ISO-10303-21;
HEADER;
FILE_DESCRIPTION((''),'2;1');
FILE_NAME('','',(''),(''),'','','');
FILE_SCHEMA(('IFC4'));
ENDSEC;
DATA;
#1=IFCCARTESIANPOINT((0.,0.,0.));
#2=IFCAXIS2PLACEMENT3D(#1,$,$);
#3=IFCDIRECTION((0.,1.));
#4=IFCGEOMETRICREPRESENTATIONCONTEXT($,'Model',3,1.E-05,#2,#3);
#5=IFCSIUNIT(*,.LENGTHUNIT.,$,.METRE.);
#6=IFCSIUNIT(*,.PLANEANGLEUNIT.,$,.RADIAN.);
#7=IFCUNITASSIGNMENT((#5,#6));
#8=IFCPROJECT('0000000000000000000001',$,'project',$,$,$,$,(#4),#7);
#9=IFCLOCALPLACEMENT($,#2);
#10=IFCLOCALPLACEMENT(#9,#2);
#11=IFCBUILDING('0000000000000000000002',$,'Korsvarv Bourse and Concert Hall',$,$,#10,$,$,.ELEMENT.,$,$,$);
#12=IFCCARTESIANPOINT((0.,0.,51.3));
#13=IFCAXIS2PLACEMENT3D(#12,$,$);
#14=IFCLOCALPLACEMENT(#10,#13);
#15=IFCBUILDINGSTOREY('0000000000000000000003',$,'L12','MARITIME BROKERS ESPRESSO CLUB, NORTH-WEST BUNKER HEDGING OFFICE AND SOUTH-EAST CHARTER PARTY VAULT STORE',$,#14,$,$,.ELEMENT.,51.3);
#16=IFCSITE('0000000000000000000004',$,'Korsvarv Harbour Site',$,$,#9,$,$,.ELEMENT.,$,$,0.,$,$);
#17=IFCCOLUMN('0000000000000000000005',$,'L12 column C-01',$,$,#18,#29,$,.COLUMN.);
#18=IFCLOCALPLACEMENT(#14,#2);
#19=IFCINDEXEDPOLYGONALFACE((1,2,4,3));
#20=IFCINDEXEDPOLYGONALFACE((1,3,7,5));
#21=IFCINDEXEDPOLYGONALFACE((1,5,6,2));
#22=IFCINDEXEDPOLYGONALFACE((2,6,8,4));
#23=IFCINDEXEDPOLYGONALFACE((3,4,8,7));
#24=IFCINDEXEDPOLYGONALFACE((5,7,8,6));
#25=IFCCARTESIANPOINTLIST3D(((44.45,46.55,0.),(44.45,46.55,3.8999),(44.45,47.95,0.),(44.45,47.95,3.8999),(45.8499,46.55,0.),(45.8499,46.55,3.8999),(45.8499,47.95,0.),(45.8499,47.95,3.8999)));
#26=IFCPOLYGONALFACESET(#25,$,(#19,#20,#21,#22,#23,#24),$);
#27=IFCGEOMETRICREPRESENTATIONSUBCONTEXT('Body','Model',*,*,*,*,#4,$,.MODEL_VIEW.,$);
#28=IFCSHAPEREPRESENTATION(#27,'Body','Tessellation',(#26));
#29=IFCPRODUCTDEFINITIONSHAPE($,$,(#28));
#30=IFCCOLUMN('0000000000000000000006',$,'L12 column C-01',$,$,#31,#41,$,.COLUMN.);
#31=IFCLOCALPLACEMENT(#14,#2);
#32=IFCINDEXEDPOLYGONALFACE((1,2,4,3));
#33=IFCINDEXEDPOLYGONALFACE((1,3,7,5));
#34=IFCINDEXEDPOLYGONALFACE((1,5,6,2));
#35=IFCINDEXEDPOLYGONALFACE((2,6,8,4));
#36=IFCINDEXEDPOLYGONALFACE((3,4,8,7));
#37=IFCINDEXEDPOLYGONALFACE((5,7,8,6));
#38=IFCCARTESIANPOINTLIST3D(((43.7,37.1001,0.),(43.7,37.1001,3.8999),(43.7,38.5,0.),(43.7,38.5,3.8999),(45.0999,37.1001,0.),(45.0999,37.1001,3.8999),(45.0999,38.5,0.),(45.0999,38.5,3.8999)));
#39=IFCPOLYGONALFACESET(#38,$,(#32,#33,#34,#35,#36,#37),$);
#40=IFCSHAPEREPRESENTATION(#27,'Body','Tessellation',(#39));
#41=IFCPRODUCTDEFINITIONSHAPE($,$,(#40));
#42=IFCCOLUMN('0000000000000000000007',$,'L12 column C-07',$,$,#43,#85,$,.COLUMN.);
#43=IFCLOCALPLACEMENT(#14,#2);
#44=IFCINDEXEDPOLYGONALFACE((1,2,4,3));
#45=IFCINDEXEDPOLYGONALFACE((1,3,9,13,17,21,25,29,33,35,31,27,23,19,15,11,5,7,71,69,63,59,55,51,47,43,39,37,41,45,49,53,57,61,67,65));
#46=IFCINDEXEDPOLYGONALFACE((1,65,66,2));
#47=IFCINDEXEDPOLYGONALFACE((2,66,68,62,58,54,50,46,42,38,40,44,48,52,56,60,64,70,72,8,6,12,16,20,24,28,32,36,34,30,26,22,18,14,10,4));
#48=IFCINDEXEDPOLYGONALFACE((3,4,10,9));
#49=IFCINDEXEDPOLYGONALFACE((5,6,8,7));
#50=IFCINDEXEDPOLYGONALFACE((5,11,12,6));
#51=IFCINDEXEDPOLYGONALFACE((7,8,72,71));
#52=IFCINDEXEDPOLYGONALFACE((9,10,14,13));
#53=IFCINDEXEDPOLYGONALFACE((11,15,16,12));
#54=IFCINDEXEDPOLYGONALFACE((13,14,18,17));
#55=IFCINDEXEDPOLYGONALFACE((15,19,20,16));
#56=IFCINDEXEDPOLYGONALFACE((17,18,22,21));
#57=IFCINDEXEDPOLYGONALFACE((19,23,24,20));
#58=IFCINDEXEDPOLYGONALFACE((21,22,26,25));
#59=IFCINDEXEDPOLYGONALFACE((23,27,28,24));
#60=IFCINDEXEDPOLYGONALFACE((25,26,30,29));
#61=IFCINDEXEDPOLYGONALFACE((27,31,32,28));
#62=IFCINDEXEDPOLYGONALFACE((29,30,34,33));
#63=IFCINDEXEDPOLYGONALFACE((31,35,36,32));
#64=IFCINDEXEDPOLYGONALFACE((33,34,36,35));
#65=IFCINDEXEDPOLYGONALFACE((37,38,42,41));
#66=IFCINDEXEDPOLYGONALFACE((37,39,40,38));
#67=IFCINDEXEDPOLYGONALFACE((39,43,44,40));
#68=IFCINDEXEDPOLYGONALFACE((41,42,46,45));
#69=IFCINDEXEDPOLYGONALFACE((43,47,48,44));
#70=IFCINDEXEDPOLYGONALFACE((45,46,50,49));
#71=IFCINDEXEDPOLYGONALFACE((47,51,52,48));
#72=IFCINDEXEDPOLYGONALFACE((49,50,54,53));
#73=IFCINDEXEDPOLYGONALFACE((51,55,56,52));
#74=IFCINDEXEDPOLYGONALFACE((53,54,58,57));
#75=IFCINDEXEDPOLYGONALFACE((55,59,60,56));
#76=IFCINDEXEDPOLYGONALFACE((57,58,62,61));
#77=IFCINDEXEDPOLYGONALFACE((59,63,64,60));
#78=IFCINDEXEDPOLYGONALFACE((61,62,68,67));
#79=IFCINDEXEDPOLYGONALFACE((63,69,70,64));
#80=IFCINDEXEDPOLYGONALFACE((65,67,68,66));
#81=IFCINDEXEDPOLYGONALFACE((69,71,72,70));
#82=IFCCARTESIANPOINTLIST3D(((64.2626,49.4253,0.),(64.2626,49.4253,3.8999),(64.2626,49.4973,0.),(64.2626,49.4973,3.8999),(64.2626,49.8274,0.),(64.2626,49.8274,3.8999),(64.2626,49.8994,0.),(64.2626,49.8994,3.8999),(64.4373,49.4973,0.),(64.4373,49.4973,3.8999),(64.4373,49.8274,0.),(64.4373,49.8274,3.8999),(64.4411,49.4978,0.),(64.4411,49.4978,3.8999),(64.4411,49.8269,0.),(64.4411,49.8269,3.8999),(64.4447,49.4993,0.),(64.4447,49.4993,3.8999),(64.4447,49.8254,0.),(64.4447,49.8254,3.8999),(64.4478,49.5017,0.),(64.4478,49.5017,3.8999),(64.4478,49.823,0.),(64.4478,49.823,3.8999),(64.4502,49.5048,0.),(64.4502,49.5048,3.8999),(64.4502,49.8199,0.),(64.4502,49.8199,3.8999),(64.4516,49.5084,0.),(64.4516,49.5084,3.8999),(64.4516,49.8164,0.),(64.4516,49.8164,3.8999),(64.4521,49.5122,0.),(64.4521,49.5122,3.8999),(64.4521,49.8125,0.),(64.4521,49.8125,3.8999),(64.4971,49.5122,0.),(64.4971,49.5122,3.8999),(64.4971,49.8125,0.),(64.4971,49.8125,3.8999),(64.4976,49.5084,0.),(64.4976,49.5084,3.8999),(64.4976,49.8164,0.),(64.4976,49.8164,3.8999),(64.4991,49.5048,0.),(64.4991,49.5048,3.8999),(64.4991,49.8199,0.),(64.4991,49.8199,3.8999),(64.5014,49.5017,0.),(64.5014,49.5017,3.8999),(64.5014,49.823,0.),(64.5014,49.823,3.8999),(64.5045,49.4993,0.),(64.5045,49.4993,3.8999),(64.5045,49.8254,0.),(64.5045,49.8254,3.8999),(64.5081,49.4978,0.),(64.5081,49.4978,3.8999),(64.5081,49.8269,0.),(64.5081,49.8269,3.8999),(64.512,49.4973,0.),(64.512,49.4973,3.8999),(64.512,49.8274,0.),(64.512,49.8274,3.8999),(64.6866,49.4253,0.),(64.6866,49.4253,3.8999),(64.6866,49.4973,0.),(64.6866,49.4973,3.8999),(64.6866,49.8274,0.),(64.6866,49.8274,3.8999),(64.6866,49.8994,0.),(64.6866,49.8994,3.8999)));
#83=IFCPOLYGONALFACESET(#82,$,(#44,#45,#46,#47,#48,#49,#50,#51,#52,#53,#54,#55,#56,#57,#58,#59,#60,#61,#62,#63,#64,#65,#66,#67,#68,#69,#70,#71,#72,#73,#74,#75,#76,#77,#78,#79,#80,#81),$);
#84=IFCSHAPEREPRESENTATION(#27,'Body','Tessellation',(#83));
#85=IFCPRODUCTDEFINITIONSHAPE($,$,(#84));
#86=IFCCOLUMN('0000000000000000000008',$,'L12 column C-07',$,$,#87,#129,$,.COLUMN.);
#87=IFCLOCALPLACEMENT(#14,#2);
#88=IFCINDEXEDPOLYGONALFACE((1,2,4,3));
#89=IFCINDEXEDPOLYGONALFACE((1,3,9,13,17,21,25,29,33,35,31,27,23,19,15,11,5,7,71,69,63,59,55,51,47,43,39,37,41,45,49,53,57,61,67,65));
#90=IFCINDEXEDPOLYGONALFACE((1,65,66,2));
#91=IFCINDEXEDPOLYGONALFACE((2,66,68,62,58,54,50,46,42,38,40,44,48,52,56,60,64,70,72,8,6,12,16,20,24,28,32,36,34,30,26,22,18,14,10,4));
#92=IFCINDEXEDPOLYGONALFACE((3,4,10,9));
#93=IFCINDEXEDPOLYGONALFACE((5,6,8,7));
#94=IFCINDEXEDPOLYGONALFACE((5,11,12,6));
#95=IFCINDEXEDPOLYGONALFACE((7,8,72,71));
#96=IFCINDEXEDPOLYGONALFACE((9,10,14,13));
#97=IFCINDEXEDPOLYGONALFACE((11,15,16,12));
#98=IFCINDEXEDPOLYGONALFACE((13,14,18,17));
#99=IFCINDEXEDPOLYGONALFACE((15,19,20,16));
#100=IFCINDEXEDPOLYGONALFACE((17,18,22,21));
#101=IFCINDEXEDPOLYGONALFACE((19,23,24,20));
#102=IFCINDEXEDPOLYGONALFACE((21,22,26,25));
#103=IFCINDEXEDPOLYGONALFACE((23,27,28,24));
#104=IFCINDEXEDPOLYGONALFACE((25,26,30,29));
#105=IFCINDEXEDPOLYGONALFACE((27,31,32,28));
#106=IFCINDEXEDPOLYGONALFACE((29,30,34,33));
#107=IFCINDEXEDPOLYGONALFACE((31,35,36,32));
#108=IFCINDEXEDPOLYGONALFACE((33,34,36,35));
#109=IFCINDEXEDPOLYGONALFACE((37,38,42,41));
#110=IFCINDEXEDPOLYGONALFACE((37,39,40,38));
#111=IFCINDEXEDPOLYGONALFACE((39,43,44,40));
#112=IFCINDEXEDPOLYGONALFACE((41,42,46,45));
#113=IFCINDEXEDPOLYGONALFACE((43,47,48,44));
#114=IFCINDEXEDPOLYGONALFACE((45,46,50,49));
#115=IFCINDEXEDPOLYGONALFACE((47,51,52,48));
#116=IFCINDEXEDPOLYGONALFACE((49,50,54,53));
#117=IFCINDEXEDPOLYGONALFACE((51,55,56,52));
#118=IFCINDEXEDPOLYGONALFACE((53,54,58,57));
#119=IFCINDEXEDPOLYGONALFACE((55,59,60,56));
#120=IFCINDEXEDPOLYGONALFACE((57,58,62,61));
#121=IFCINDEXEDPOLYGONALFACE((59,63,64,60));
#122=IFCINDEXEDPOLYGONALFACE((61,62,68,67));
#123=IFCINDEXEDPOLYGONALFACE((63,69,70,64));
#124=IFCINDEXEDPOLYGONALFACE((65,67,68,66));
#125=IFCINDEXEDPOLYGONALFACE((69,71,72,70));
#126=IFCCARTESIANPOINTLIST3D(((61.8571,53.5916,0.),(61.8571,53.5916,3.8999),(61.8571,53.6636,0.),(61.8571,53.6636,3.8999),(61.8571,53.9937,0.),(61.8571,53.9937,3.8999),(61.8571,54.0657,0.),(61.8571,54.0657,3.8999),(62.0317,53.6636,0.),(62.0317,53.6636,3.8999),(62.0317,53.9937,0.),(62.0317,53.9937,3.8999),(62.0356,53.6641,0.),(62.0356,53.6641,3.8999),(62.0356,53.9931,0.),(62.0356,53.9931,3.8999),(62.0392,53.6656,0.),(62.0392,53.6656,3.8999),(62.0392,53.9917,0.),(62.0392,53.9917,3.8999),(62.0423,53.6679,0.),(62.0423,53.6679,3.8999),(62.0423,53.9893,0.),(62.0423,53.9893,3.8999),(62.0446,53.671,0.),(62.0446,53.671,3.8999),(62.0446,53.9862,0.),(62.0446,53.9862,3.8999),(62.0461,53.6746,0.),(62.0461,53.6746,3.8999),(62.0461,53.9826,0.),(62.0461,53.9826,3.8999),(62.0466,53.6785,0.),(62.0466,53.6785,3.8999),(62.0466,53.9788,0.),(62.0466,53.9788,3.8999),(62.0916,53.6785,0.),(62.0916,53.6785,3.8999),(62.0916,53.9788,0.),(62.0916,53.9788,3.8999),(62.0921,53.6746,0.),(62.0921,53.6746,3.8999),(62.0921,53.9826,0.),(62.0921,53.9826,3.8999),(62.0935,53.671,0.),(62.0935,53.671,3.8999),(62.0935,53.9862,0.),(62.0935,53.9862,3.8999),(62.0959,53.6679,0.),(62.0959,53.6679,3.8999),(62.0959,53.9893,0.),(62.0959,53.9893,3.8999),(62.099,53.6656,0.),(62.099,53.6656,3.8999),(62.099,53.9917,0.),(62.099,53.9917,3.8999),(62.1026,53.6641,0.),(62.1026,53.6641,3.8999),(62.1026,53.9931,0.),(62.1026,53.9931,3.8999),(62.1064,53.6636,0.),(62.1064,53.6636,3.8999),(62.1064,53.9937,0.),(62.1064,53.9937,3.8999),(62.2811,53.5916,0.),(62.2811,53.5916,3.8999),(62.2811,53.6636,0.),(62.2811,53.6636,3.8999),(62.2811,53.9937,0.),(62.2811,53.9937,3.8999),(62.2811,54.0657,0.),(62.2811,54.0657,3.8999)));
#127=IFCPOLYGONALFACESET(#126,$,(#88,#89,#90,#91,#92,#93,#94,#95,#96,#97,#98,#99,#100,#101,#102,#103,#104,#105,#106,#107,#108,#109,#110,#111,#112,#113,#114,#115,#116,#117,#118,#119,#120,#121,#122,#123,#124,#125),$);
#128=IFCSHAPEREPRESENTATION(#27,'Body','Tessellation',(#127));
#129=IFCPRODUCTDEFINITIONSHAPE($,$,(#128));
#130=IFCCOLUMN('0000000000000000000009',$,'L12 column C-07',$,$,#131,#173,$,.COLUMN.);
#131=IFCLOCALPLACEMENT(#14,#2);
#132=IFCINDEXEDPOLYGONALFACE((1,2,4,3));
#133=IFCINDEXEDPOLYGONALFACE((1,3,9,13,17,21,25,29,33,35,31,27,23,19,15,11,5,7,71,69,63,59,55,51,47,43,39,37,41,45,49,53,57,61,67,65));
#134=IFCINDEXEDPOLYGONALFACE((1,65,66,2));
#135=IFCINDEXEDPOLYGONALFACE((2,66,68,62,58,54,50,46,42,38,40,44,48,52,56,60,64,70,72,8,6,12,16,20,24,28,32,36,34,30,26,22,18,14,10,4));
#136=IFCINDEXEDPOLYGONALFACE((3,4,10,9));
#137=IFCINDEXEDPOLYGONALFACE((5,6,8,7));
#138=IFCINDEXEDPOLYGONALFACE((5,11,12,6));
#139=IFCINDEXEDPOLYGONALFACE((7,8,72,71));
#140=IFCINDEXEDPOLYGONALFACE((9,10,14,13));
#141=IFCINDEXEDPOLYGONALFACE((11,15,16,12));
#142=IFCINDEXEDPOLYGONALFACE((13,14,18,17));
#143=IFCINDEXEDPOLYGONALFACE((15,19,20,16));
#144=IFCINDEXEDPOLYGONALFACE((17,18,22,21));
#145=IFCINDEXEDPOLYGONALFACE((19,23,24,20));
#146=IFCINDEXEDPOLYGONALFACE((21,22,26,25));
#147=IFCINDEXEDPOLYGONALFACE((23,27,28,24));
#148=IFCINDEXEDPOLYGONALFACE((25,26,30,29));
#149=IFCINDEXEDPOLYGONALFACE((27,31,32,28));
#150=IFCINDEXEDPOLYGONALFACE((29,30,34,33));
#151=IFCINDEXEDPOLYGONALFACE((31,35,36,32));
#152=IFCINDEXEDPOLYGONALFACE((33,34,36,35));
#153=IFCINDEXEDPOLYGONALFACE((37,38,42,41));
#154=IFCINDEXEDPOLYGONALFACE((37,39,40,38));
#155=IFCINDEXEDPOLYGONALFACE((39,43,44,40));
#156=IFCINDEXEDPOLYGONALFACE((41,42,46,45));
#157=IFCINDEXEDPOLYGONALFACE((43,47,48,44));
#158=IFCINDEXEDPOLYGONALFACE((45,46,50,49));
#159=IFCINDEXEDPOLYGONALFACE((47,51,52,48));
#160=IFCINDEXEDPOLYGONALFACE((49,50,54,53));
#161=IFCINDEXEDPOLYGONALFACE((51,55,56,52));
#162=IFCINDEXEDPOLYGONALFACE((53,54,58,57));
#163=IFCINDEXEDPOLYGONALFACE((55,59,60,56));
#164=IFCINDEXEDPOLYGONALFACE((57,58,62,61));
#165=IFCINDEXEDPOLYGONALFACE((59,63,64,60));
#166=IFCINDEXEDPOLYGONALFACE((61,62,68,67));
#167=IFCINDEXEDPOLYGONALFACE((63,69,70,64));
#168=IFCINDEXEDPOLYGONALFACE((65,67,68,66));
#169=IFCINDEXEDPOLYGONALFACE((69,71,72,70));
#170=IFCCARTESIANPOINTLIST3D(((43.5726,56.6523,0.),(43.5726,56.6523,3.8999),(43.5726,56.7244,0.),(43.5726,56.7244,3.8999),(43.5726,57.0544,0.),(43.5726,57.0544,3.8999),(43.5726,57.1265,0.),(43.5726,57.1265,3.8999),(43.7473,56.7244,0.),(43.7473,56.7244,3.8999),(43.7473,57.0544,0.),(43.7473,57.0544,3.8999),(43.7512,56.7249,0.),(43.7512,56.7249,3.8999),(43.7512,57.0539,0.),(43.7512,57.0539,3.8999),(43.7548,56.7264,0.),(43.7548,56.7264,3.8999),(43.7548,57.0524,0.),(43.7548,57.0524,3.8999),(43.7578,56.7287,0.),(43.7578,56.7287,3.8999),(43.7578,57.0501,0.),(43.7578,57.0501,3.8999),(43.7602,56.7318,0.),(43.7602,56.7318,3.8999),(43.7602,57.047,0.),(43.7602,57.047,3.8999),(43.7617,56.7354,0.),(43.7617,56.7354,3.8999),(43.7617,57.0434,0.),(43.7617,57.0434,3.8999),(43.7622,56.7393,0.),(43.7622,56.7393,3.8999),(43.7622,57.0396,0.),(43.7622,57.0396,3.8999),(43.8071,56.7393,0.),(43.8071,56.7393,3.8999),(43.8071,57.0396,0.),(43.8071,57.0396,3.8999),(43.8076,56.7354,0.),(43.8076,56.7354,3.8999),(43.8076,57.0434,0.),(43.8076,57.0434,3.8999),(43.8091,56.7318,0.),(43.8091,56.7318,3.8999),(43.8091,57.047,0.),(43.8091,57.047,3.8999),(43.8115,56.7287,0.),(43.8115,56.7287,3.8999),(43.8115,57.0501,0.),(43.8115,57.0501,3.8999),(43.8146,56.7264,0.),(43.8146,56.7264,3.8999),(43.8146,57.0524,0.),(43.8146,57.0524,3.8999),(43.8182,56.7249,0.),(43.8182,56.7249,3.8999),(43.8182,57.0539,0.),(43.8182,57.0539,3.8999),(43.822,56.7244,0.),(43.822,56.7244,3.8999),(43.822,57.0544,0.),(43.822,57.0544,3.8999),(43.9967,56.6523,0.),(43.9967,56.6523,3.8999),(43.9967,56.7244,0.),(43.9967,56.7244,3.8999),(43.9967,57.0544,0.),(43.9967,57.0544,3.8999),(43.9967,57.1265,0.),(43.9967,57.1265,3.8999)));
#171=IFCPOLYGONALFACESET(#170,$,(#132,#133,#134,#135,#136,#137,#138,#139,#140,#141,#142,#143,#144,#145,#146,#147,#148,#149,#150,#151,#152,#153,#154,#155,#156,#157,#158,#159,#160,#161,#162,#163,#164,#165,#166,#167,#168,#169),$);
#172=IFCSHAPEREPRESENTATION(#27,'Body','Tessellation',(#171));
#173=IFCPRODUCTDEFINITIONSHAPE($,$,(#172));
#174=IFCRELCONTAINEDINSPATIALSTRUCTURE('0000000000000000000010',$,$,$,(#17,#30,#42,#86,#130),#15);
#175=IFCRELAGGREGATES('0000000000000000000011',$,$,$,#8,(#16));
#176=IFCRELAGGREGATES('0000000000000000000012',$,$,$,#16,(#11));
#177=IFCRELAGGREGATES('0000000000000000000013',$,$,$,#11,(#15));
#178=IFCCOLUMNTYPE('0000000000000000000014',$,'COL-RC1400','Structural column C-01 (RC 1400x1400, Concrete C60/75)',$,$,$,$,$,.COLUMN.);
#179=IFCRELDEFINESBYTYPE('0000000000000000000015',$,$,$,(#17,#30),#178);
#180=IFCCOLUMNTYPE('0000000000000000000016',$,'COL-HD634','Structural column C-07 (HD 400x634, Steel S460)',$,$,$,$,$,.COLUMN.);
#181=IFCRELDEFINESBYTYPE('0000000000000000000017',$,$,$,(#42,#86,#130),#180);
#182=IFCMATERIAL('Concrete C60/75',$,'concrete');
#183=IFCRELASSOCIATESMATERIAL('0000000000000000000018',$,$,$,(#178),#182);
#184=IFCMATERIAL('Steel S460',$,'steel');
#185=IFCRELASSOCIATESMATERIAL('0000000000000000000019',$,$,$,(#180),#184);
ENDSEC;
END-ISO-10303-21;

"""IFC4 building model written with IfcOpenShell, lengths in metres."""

from ifc_helpers import new_model, si_unit, direction, frame, origin, origin_2d, place, context, subcontext, project, spatial, rectangle, i_section, extrude, source, transform, mapped, material, material_profile, profile_set, type_object, element, save


model = new_model("IFC4")

# Units and contexts
model_context = context("Model", 3, precision=1e-05, world=origin(), true_north=direction((0.0, 1.0)))
body_context = subcontext(model_context, "Body", "Model", "MODEL_VIEW")
ifc_project = project(units=[si_unit("LENGTHUNIT", "METRE"), si_unit("PLANEANGLEUNIT", "RADIAN")], contexts=[model_context])

# Site, building, storey
site_placement = place(None, origin())
site = spatial("IfcSite", under=ifc_project, at=site_placement, Name="Korsvarv Harbour Site", CompositionType="ELEMENT", RefElevation=0.0)
building_placement = place(site_placement, origin())
building = spatial("IfcBuilding", under=site, at=building_placement, Name="Korsvarv Bourse and Concert Hall", CompositionType="ELEMENT")
storey_placement = place(building_placement, frame((0.0, 0.0, 51.3)))
storey = spatial("IfcBuildingStorey", under=building, at=storey_placement, Name="L12", Description="MARITIME BROKERS ESPRESSO CLUB, NORTH-WEST BUNKER HEDGING OFFICE AND SOUTH-EAST CHARTER PARTY VAULT STORE", CompositionType="ELEMENT", Elevation=51.3)

# Columns
ifc_material_1 = material(Name="Concrete C60/75", Category="concrete")
ifc_material_profile_1 = material_profile(ifc_material_1, rectangle(XDim=1.3999, YDim=1.3999, at=origin_2d()), Name="RC 1400x1400")
ifc_profile_set_1 = profile_set([ifc_material_profile_1], Name="Concrete C60/75")
column_type_1 = type_object("IfcColumnType", Name="COL-RC1400", Description="Structural column C-01 (RC 1400x1400, Concrete C60/75)", PredefinedType="COLUMN", material=ifc_profile_set_1)
shared_shape_1 = source(origin(), body_context, "Body", "SweptSolid", [
    extrude(rectangle(XDim=1.3999, YDim=1.3999, at=origin_2d()), origin(), (0.0, 0.0, 1.0), 3.8999),
])
for number, where, z_axis, x_axis, name in (
    (1, (45.1499, 47.25, 0.0), (0.0, 0.0, 1.0), (1.0, 0.0, 0.0), "L12 column C-01"),
    (2, (44.3999, 37.8, 0.0), (0.0, 0.0, 1.0), (1.0, 0.0, 0.0), "L12 column C-01"),
):
    element("IfcColumn", number, at=place(storey_placement, frame(where, z_axis=z_axis, x_axis=x_axis)), inside=storey, type_object=column_type_1, Name=name, PredefinedType="COLUMN", context=body_context, shape_type="MappedRepresentation", body=[
        mapped(shared_shape_1, transform((0.0, 0.0, 0.0), scale=1.0)),
    ])
ifc_material_2 = material(Name="Steel S460", Category="steel")
ifc_material_profile_2 = material_profile(ifc_material_2, i_section(OverallWidth=0.4241, OverallDepth=0.4741, WebThickness=0.0449, FlangeThickness=0.072, FilletRadius=0.0149, at=origin_2d()), Name="HD 400x634")
ifc_profile_set_2 = profile_set([ifc_material_profile_2], Name="Steel S460")
column_type_2 = type_object("IfcColumnType", Name="COL-HD634", Description="Structural column C-07 (HD 400x634, Steel S460)", PredefinedType="COLUMN", material=ifc_profile_set_2)
shared_shape_2 = source(origin(), body_context, "Body", "SweptSolid", [
    extrude(i_section(OverallWidth=0.4241, OverallDepth=0.4741, WebThickness=0.0449, FlangeThickness=0.072, FilletRadius=0.0149, at=origin_2d()), origin(), (0.0, 0.0, 1.0), 3.8999),
])
for number, where, z_axis, x_axis, name in (
    (3, (64.4746, 49.6624, 0.0), (0.0, 0.0, 1.0), (1.0, 0.0, 0.0), "L12 column C-07"),
    (4, (62.0691, 53.8286, 0.0), (0.0, 0.0, 1.0), (1.0, 0.0, 0.0), "L12 column C-07"),
    (5, (43.7847, 56.8894, 0.0), (0.0, 0.0, 1.0), (1.0, 0.0, 0.0), "L12 column C-07"),
):
    element("IfcColumn", number, at=place(storey_placement, frame(where, z_axis=z_axis, x_axis=x_axis)), inside=storey, type_object=column_type_2, Name=name, PredefinedType="COLUMN", context=body_context, shape_type="MappedRepresentation", body=[
        mapped(shared_shape_2, transform((0.0, 0.0, 0.0), scale=1.0)),
    ])

save(model, "model.ifc")
